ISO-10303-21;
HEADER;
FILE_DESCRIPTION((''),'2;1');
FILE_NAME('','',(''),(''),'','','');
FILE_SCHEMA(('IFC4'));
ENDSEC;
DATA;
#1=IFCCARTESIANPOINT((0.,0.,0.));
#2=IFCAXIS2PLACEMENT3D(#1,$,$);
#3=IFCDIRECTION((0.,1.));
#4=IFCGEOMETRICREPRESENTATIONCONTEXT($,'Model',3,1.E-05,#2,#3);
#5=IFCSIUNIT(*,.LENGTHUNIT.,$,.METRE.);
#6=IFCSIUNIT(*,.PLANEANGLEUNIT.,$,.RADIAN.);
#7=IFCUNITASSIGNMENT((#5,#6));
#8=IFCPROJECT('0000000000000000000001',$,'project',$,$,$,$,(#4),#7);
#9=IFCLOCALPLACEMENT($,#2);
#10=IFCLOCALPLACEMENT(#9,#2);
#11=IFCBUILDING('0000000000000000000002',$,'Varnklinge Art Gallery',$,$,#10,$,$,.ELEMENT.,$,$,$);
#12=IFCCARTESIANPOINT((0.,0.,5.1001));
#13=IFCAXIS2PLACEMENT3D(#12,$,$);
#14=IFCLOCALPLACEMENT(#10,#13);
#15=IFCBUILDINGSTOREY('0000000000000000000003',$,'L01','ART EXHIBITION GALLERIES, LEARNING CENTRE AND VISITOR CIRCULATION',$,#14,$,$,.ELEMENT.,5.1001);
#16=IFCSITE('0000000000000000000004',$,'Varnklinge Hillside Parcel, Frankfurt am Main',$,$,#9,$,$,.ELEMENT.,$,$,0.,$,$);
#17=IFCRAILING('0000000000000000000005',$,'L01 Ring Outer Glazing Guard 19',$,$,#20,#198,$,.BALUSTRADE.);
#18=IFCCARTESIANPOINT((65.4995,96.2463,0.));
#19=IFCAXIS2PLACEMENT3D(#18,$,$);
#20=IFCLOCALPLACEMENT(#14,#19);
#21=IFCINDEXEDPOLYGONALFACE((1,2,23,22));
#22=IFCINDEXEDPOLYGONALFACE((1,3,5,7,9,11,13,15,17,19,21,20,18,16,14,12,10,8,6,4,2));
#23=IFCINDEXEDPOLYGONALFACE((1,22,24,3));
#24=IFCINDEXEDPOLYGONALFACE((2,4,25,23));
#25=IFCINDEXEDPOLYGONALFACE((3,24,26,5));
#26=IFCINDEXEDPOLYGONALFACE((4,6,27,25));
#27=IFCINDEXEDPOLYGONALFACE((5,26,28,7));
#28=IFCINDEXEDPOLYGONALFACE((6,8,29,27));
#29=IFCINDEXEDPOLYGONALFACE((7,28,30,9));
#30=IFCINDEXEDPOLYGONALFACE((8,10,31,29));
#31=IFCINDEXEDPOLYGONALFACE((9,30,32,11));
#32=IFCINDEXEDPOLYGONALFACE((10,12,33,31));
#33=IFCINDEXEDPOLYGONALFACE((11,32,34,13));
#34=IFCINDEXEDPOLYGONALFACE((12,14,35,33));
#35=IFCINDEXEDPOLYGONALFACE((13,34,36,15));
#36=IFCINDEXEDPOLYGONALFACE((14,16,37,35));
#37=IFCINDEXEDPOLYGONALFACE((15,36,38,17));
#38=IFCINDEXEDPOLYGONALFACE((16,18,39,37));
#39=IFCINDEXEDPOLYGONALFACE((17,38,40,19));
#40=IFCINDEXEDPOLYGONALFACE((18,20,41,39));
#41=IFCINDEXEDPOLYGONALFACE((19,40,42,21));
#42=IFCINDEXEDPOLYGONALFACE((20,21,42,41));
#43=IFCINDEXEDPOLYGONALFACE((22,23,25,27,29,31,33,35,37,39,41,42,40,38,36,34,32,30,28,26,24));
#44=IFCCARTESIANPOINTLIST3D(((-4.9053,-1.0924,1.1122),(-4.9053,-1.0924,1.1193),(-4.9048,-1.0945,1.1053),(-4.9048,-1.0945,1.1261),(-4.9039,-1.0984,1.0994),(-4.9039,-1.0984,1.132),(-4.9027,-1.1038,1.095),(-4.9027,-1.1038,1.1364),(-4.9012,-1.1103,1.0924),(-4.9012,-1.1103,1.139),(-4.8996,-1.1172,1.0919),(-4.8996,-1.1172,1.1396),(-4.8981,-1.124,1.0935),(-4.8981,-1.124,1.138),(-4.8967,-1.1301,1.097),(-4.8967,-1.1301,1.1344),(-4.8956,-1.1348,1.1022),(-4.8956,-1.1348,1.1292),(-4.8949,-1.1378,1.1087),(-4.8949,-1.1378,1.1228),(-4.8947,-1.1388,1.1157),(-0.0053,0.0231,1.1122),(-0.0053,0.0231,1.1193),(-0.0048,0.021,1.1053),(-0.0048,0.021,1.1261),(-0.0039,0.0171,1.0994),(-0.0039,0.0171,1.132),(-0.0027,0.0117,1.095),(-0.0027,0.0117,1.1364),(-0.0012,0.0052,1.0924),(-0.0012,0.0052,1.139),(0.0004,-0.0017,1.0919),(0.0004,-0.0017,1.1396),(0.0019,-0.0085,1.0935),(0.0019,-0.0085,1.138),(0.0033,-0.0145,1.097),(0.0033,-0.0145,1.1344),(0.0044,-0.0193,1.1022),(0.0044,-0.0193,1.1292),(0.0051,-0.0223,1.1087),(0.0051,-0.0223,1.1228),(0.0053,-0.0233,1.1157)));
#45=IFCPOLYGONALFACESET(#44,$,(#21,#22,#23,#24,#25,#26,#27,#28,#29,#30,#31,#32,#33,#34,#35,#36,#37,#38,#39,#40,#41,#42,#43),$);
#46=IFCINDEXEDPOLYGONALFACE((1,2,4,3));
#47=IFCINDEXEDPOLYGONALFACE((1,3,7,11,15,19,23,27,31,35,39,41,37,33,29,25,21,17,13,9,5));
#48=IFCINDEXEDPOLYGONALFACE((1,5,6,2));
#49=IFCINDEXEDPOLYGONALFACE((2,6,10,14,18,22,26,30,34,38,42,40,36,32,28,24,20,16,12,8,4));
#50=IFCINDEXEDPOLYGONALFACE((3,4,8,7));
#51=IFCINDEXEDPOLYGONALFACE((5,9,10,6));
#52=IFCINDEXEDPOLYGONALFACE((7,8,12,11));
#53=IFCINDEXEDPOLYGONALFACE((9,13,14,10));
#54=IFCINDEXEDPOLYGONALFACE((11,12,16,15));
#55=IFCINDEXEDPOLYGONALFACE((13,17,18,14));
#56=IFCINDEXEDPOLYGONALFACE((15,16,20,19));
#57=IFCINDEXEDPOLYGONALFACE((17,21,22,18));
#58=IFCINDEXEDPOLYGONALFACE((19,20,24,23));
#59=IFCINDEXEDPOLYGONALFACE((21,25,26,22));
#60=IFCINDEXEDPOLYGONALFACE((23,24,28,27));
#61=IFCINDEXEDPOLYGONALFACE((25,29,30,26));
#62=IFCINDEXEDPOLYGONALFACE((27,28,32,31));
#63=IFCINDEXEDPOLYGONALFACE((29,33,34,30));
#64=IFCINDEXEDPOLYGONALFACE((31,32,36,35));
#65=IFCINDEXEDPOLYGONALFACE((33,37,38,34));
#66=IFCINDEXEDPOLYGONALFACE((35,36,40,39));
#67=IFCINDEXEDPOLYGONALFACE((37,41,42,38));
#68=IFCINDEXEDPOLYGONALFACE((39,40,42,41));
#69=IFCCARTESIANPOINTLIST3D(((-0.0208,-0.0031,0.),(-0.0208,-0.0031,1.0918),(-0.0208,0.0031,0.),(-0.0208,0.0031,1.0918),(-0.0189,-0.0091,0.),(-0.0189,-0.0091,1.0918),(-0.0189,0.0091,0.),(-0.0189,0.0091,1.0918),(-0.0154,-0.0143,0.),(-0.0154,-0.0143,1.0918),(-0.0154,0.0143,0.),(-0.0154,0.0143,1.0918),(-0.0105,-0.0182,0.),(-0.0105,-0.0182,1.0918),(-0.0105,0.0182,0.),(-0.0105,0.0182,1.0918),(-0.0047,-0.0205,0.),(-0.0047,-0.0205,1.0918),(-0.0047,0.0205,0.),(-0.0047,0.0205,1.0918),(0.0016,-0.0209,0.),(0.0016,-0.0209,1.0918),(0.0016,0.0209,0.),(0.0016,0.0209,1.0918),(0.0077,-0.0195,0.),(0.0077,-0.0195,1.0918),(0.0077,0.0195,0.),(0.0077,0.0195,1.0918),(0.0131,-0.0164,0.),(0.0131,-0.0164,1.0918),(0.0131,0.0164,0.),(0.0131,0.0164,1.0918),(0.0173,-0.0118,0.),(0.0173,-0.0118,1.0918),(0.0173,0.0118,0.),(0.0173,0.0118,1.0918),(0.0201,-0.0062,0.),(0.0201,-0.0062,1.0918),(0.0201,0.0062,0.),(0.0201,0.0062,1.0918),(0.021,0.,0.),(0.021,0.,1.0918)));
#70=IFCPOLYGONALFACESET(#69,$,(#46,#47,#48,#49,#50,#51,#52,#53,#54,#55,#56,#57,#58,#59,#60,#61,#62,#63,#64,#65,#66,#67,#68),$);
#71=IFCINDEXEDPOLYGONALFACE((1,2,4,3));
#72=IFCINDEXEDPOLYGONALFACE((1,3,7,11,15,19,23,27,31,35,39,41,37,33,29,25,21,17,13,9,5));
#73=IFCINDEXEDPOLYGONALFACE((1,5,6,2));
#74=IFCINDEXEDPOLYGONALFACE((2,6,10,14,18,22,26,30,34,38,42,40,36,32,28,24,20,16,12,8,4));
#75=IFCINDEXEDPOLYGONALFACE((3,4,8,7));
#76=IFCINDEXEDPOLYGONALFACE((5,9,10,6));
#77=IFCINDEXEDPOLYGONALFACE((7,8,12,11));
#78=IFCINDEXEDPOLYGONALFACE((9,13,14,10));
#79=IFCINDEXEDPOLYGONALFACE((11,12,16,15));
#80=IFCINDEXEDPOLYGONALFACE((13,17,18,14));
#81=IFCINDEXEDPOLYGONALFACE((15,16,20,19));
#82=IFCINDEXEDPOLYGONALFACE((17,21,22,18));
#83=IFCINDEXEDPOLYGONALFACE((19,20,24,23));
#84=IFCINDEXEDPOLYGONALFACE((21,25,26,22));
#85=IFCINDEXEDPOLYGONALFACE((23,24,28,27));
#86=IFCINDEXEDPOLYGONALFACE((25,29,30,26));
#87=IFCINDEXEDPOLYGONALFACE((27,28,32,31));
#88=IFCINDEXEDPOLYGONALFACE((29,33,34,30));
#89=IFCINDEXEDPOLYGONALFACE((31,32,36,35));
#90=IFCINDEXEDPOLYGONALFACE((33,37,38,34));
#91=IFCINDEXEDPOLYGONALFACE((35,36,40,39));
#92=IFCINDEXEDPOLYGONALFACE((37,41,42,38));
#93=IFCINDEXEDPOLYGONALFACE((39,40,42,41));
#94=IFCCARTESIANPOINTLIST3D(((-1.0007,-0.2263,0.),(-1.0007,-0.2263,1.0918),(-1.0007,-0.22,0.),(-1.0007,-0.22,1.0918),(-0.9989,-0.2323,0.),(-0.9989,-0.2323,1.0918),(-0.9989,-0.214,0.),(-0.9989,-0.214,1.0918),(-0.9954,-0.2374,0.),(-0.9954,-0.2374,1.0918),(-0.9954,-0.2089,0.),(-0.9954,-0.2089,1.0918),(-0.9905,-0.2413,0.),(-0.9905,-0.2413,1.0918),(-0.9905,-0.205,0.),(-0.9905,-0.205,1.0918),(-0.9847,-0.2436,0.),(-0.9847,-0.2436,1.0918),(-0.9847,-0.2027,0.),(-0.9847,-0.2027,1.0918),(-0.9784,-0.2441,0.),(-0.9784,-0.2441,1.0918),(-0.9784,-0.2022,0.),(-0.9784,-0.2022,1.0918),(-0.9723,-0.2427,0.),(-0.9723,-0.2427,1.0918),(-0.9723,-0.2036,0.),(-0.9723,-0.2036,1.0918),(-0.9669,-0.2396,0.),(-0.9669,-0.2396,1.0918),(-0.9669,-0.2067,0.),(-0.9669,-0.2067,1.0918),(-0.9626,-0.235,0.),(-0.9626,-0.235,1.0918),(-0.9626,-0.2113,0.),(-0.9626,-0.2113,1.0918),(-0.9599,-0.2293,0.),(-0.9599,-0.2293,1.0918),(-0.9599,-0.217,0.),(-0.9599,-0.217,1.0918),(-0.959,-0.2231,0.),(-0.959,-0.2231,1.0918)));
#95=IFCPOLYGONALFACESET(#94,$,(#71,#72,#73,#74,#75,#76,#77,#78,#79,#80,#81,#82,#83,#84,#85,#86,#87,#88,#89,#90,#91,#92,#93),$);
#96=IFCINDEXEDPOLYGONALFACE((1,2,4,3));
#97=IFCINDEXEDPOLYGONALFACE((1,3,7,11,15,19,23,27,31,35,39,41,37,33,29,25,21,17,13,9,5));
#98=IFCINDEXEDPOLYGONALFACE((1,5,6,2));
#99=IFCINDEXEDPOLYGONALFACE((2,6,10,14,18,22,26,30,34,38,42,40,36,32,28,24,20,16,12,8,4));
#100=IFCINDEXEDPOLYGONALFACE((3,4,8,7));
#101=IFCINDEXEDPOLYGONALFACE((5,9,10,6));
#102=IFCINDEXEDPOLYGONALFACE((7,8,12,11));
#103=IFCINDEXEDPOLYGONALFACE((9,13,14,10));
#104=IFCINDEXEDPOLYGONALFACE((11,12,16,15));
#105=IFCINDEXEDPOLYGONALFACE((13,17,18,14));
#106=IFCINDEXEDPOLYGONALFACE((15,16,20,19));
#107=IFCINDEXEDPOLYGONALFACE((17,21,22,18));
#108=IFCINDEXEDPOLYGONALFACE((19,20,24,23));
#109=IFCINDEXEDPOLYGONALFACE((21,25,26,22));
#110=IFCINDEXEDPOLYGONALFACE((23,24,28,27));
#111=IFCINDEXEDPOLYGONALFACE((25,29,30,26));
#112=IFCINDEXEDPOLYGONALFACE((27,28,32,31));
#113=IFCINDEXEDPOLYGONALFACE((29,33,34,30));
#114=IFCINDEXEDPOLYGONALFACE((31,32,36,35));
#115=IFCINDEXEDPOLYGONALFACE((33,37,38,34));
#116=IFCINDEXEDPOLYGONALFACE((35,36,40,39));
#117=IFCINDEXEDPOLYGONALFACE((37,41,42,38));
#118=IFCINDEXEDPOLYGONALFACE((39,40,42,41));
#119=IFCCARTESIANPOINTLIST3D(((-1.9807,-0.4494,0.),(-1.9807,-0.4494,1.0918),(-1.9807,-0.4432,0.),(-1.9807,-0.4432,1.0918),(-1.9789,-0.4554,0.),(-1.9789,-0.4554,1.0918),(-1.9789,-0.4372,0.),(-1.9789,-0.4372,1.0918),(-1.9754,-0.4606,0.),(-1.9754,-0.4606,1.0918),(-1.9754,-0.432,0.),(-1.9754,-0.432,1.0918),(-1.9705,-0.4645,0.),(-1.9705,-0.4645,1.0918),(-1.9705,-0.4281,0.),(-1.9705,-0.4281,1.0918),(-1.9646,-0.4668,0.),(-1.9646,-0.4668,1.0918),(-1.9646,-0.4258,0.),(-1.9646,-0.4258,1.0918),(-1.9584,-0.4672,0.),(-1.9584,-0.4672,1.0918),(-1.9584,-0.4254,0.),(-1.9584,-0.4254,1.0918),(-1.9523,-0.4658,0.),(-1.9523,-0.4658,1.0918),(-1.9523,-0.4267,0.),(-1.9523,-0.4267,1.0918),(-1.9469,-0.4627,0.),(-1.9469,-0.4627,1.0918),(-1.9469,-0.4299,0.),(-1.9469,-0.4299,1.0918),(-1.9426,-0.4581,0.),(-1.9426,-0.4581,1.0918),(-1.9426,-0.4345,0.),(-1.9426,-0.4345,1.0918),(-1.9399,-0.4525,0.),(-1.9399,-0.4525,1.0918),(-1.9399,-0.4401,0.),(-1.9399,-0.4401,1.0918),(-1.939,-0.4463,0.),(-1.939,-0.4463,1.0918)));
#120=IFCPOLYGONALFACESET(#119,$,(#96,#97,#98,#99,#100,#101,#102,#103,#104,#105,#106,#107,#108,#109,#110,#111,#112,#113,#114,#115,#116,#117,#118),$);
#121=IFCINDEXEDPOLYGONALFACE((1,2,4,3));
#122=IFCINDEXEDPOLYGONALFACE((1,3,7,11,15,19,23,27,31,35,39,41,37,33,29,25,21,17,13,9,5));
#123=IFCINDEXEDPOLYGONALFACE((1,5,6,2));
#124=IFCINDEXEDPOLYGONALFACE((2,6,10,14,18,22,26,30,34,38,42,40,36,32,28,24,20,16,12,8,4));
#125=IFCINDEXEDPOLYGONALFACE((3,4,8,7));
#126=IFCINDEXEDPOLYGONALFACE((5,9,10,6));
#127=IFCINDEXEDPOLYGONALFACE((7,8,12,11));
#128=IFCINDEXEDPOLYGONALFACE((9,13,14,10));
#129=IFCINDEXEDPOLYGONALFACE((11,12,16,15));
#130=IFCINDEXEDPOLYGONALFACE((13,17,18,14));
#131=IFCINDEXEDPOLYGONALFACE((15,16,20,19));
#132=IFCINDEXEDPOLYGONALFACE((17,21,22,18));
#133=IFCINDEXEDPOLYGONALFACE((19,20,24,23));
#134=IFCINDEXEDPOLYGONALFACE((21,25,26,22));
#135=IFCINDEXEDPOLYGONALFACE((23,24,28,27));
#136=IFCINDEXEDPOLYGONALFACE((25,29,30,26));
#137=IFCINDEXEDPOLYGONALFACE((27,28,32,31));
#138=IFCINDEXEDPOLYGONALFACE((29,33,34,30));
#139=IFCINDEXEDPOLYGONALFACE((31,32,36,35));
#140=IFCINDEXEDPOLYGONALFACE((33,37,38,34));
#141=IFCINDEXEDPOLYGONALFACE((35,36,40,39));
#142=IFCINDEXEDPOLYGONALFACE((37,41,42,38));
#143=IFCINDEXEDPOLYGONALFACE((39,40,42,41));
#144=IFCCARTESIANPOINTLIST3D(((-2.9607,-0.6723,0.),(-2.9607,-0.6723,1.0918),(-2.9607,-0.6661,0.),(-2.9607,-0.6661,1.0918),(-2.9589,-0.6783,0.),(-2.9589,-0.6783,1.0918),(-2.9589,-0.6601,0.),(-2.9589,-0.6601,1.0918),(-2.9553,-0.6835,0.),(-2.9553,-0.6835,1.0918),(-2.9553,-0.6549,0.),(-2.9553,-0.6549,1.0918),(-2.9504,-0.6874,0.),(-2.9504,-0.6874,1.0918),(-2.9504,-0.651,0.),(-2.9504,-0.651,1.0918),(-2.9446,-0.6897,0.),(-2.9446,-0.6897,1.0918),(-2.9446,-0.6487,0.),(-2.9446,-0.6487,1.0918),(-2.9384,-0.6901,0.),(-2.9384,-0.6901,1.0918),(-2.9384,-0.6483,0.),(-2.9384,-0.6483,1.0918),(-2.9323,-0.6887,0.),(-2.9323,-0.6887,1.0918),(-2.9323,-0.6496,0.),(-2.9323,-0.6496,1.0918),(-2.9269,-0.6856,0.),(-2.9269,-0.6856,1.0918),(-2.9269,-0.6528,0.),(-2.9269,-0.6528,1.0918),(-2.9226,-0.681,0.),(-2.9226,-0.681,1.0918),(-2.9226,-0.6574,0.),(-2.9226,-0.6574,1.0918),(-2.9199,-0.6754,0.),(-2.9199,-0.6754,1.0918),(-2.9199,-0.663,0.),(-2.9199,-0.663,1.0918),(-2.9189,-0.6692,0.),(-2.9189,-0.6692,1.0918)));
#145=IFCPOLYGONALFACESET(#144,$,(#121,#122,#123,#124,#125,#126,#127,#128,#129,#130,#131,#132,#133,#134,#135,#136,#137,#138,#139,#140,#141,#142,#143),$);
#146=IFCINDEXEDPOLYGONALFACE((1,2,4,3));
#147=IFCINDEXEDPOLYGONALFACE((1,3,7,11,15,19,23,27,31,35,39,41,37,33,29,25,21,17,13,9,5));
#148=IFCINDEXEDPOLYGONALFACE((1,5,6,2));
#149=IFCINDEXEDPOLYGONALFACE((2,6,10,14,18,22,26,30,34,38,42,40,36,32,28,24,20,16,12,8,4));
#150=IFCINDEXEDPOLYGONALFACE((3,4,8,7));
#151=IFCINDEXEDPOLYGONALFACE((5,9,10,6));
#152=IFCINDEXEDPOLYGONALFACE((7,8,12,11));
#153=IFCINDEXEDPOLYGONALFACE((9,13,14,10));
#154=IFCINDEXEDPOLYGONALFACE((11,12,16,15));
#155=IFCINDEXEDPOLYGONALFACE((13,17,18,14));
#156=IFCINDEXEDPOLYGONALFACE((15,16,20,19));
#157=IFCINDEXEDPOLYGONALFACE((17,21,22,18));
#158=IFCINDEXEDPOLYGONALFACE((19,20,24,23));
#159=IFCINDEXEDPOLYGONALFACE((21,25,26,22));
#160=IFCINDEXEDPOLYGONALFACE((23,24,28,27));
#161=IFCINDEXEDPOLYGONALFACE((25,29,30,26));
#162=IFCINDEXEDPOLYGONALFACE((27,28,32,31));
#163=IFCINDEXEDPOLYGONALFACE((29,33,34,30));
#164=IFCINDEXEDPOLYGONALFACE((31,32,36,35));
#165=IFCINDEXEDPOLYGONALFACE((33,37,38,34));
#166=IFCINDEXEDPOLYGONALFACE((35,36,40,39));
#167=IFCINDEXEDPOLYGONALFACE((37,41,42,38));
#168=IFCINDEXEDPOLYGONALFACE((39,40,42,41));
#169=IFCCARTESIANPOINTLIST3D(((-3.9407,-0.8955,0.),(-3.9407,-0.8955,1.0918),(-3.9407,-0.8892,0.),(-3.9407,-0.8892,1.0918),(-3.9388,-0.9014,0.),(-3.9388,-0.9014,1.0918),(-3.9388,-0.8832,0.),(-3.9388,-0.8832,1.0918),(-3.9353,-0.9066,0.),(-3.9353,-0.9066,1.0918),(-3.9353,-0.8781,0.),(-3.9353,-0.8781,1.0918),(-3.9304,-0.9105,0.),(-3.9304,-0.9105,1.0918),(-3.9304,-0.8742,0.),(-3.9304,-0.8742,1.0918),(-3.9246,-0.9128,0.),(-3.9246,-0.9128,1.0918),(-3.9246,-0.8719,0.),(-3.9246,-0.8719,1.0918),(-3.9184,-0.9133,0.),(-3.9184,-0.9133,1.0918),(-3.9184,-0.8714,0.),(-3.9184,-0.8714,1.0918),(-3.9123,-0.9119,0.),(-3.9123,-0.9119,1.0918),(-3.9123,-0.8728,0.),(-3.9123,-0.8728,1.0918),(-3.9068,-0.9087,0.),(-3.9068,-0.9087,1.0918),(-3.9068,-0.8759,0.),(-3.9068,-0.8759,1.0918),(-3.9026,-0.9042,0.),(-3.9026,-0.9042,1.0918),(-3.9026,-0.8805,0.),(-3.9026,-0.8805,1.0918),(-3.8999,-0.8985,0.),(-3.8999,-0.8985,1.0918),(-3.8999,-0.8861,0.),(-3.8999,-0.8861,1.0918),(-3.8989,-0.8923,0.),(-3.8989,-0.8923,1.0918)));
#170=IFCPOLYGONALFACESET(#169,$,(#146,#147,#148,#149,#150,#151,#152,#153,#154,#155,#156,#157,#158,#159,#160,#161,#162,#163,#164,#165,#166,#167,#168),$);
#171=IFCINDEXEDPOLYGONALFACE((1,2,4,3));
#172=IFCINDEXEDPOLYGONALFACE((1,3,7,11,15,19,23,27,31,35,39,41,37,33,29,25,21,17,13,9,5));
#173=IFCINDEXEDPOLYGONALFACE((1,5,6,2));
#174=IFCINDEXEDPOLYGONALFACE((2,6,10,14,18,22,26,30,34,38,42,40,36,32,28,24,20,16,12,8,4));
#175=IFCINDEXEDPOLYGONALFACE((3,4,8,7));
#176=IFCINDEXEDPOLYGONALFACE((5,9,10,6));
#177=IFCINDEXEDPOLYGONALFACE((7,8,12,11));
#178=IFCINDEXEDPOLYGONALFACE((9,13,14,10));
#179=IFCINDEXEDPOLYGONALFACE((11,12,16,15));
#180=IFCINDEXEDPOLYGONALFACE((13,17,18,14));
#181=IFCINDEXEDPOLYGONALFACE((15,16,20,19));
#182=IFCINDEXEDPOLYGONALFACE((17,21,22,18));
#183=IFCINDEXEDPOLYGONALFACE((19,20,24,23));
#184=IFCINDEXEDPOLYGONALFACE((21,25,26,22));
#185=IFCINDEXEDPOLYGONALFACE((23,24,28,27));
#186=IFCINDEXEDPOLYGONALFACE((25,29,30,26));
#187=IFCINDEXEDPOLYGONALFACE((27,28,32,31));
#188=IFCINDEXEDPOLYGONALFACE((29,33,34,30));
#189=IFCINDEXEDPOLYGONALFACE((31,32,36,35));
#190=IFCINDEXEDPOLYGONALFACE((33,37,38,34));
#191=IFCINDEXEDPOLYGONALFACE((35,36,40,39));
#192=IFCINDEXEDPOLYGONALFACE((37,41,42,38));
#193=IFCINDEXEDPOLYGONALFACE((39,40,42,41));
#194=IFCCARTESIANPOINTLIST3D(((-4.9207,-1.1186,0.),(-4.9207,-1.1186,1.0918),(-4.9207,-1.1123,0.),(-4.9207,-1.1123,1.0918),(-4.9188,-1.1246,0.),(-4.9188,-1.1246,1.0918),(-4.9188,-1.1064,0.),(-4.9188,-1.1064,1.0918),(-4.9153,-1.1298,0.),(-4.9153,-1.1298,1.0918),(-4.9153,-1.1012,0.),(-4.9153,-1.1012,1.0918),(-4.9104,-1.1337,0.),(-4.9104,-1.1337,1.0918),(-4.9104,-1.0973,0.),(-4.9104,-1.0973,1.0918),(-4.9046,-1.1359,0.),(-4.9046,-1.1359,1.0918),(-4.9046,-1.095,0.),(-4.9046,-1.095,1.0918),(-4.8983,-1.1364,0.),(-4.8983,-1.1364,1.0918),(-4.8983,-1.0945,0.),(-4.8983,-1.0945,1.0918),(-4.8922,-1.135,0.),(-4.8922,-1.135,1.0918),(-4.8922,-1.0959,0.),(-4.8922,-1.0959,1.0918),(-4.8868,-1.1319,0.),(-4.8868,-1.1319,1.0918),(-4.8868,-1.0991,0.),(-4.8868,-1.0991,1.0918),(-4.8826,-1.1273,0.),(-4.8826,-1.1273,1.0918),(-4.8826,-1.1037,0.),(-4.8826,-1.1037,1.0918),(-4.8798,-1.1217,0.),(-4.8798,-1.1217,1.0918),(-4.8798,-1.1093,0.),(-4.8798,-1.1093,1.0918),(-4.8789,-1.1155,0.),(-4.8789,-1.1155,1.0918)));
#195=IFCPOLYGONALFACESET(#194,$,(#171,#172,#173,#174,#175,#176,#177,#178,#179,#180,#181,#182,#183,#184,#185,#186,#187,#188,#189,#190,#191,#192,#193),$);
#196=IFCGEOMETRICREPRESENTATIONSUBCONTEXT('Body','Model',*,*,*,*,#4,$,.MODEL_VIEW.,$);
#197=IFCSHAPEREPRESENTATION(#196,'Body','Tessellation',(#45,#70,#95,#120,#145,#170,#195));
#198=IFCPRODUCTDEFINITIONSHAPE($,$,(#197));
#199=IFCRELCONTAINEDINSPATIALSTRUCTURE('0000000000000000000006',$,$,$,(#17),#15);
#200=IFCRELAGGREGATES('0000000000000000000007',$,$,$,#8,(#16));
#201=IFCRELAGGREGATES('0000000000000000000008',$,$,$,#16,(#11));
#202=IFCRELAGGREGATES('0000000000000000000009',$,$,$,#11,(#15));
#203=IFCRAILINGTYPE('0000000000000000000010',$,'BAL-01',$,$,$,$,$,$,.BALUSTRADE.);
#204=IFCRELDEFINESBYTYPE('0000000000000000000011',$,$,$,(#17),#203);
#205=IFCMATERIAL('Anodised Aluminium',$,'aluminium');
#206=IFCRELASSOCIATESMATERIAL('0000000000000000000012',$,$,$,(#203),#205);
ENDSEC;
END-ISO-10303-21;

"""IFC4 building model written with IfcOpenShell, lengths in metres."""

from ifc_helpers import new_model, si_unit, direction, frame, origin, origin_2d, place, context, subcontext, project, spatial, circle, extrude, material, type_object, element, save


model = new_model("IFC4")

# Units and contexts
model_context = context("Model", 3, precision=1e-05, world=origin(), true_north=direction((0.0, 1.0)))
body_context = subcontext(model_context, "Body", "Model", "MODEL_VIEW")
ifc_project = project(units=[si_unit("LENGTHUNIT", "METRE"), si_unit("PLANEANGLEUNIT", "RADIAN")], contexts=[model_context])

# Site, building, storey
site_placement = place(None, origin())
site = spatial("IfcSite", under=ifc_project, at=site_placement, Name="Varnklinge Hillside Parcel, Frankfurt am Main", CompositionType="ELEMENT", RefElevation=0.0)
building_placement = place(site_placement, origin())
building = spatial("IfcBuilding", under=site, at=building_placement, Name="Varnklinge Art Gallery", CompositionType="ELEMENT")
storey_placement = place(building_placement, frame((0.0, 0.0, 5.1001)))
storey = spatial("IfcBuildingStorey", under=building, at=storey_placement, Name="L01", Description="ART EXHIBITION GALLERIES, LEARNING CENTRE AND VISITOR CIRCULATION", CompositionType="ELEMENT", Elevation=5.1001)

# Railing
ifc_material_1 = material(Name="Anodised Aluminium", Category="aluminium")
railing_type = type_object("IfcRailingType", Name="BAL-01", PredefinedType="BALUSTRADE", material=ifc_material_1)
railing_1_placement = place(storey_placement, frame((65.4995, 96.2463, 0.0)))
element("IfcRailing", 1, at=railing_1_placement, inside=storey, type_object=railing_type, Name="L01 Ring Outer Glazing Guard 19", PredefinedType="BALUSTRADE", context=body_context, shape_type="SweptSolid", body=[
    extrude(circle(Radius=0.0239, at=origin_2d()), frame((0.0, 0.0, 1.1157), z_axis=(-0.975053, -0.221974, 0.0), x_axis=(0.221974, -0.975053, 0.0)), (0.0, 0.0, 1.0), 5.0254),
    extrude(circle(Radius=0.021, at=origin_2d()), origin(), (0.0, 0.0, 1.0), 1.0918),
    extrude(circle(Radius=0.021, at=origin_2d()), frame((-0.98, -0.2231, 0.0)), (0.0, 0.0, 1.0), 1.0918),
    extrude(circle(Radius=0.021, at=origin_2d()), frame((-1.96, -0.4463, 0.0)), (0.0, 0.0, 1.0), 1.0918),
    extrude(circle(Radius=0.021, at=origin_2d()), frame((-2.9399, -0.6692, 0.0)), (0.0, 0.0, 1.0), 1.0918),
    extrude(circle(Radius=0.021, at=origin_2d()), frame((-3.9199, -0.8923, 0.0)), (0.0, 0.0, 1.0), 1.0918),
    extrude(circle(Radius=0.021, at=origin_2d()), frame((-4.8999, -1.1155, 0.0)), (0.0, 0.0, 1.0), 1.0918),
])

save(model, "model.ifc")
